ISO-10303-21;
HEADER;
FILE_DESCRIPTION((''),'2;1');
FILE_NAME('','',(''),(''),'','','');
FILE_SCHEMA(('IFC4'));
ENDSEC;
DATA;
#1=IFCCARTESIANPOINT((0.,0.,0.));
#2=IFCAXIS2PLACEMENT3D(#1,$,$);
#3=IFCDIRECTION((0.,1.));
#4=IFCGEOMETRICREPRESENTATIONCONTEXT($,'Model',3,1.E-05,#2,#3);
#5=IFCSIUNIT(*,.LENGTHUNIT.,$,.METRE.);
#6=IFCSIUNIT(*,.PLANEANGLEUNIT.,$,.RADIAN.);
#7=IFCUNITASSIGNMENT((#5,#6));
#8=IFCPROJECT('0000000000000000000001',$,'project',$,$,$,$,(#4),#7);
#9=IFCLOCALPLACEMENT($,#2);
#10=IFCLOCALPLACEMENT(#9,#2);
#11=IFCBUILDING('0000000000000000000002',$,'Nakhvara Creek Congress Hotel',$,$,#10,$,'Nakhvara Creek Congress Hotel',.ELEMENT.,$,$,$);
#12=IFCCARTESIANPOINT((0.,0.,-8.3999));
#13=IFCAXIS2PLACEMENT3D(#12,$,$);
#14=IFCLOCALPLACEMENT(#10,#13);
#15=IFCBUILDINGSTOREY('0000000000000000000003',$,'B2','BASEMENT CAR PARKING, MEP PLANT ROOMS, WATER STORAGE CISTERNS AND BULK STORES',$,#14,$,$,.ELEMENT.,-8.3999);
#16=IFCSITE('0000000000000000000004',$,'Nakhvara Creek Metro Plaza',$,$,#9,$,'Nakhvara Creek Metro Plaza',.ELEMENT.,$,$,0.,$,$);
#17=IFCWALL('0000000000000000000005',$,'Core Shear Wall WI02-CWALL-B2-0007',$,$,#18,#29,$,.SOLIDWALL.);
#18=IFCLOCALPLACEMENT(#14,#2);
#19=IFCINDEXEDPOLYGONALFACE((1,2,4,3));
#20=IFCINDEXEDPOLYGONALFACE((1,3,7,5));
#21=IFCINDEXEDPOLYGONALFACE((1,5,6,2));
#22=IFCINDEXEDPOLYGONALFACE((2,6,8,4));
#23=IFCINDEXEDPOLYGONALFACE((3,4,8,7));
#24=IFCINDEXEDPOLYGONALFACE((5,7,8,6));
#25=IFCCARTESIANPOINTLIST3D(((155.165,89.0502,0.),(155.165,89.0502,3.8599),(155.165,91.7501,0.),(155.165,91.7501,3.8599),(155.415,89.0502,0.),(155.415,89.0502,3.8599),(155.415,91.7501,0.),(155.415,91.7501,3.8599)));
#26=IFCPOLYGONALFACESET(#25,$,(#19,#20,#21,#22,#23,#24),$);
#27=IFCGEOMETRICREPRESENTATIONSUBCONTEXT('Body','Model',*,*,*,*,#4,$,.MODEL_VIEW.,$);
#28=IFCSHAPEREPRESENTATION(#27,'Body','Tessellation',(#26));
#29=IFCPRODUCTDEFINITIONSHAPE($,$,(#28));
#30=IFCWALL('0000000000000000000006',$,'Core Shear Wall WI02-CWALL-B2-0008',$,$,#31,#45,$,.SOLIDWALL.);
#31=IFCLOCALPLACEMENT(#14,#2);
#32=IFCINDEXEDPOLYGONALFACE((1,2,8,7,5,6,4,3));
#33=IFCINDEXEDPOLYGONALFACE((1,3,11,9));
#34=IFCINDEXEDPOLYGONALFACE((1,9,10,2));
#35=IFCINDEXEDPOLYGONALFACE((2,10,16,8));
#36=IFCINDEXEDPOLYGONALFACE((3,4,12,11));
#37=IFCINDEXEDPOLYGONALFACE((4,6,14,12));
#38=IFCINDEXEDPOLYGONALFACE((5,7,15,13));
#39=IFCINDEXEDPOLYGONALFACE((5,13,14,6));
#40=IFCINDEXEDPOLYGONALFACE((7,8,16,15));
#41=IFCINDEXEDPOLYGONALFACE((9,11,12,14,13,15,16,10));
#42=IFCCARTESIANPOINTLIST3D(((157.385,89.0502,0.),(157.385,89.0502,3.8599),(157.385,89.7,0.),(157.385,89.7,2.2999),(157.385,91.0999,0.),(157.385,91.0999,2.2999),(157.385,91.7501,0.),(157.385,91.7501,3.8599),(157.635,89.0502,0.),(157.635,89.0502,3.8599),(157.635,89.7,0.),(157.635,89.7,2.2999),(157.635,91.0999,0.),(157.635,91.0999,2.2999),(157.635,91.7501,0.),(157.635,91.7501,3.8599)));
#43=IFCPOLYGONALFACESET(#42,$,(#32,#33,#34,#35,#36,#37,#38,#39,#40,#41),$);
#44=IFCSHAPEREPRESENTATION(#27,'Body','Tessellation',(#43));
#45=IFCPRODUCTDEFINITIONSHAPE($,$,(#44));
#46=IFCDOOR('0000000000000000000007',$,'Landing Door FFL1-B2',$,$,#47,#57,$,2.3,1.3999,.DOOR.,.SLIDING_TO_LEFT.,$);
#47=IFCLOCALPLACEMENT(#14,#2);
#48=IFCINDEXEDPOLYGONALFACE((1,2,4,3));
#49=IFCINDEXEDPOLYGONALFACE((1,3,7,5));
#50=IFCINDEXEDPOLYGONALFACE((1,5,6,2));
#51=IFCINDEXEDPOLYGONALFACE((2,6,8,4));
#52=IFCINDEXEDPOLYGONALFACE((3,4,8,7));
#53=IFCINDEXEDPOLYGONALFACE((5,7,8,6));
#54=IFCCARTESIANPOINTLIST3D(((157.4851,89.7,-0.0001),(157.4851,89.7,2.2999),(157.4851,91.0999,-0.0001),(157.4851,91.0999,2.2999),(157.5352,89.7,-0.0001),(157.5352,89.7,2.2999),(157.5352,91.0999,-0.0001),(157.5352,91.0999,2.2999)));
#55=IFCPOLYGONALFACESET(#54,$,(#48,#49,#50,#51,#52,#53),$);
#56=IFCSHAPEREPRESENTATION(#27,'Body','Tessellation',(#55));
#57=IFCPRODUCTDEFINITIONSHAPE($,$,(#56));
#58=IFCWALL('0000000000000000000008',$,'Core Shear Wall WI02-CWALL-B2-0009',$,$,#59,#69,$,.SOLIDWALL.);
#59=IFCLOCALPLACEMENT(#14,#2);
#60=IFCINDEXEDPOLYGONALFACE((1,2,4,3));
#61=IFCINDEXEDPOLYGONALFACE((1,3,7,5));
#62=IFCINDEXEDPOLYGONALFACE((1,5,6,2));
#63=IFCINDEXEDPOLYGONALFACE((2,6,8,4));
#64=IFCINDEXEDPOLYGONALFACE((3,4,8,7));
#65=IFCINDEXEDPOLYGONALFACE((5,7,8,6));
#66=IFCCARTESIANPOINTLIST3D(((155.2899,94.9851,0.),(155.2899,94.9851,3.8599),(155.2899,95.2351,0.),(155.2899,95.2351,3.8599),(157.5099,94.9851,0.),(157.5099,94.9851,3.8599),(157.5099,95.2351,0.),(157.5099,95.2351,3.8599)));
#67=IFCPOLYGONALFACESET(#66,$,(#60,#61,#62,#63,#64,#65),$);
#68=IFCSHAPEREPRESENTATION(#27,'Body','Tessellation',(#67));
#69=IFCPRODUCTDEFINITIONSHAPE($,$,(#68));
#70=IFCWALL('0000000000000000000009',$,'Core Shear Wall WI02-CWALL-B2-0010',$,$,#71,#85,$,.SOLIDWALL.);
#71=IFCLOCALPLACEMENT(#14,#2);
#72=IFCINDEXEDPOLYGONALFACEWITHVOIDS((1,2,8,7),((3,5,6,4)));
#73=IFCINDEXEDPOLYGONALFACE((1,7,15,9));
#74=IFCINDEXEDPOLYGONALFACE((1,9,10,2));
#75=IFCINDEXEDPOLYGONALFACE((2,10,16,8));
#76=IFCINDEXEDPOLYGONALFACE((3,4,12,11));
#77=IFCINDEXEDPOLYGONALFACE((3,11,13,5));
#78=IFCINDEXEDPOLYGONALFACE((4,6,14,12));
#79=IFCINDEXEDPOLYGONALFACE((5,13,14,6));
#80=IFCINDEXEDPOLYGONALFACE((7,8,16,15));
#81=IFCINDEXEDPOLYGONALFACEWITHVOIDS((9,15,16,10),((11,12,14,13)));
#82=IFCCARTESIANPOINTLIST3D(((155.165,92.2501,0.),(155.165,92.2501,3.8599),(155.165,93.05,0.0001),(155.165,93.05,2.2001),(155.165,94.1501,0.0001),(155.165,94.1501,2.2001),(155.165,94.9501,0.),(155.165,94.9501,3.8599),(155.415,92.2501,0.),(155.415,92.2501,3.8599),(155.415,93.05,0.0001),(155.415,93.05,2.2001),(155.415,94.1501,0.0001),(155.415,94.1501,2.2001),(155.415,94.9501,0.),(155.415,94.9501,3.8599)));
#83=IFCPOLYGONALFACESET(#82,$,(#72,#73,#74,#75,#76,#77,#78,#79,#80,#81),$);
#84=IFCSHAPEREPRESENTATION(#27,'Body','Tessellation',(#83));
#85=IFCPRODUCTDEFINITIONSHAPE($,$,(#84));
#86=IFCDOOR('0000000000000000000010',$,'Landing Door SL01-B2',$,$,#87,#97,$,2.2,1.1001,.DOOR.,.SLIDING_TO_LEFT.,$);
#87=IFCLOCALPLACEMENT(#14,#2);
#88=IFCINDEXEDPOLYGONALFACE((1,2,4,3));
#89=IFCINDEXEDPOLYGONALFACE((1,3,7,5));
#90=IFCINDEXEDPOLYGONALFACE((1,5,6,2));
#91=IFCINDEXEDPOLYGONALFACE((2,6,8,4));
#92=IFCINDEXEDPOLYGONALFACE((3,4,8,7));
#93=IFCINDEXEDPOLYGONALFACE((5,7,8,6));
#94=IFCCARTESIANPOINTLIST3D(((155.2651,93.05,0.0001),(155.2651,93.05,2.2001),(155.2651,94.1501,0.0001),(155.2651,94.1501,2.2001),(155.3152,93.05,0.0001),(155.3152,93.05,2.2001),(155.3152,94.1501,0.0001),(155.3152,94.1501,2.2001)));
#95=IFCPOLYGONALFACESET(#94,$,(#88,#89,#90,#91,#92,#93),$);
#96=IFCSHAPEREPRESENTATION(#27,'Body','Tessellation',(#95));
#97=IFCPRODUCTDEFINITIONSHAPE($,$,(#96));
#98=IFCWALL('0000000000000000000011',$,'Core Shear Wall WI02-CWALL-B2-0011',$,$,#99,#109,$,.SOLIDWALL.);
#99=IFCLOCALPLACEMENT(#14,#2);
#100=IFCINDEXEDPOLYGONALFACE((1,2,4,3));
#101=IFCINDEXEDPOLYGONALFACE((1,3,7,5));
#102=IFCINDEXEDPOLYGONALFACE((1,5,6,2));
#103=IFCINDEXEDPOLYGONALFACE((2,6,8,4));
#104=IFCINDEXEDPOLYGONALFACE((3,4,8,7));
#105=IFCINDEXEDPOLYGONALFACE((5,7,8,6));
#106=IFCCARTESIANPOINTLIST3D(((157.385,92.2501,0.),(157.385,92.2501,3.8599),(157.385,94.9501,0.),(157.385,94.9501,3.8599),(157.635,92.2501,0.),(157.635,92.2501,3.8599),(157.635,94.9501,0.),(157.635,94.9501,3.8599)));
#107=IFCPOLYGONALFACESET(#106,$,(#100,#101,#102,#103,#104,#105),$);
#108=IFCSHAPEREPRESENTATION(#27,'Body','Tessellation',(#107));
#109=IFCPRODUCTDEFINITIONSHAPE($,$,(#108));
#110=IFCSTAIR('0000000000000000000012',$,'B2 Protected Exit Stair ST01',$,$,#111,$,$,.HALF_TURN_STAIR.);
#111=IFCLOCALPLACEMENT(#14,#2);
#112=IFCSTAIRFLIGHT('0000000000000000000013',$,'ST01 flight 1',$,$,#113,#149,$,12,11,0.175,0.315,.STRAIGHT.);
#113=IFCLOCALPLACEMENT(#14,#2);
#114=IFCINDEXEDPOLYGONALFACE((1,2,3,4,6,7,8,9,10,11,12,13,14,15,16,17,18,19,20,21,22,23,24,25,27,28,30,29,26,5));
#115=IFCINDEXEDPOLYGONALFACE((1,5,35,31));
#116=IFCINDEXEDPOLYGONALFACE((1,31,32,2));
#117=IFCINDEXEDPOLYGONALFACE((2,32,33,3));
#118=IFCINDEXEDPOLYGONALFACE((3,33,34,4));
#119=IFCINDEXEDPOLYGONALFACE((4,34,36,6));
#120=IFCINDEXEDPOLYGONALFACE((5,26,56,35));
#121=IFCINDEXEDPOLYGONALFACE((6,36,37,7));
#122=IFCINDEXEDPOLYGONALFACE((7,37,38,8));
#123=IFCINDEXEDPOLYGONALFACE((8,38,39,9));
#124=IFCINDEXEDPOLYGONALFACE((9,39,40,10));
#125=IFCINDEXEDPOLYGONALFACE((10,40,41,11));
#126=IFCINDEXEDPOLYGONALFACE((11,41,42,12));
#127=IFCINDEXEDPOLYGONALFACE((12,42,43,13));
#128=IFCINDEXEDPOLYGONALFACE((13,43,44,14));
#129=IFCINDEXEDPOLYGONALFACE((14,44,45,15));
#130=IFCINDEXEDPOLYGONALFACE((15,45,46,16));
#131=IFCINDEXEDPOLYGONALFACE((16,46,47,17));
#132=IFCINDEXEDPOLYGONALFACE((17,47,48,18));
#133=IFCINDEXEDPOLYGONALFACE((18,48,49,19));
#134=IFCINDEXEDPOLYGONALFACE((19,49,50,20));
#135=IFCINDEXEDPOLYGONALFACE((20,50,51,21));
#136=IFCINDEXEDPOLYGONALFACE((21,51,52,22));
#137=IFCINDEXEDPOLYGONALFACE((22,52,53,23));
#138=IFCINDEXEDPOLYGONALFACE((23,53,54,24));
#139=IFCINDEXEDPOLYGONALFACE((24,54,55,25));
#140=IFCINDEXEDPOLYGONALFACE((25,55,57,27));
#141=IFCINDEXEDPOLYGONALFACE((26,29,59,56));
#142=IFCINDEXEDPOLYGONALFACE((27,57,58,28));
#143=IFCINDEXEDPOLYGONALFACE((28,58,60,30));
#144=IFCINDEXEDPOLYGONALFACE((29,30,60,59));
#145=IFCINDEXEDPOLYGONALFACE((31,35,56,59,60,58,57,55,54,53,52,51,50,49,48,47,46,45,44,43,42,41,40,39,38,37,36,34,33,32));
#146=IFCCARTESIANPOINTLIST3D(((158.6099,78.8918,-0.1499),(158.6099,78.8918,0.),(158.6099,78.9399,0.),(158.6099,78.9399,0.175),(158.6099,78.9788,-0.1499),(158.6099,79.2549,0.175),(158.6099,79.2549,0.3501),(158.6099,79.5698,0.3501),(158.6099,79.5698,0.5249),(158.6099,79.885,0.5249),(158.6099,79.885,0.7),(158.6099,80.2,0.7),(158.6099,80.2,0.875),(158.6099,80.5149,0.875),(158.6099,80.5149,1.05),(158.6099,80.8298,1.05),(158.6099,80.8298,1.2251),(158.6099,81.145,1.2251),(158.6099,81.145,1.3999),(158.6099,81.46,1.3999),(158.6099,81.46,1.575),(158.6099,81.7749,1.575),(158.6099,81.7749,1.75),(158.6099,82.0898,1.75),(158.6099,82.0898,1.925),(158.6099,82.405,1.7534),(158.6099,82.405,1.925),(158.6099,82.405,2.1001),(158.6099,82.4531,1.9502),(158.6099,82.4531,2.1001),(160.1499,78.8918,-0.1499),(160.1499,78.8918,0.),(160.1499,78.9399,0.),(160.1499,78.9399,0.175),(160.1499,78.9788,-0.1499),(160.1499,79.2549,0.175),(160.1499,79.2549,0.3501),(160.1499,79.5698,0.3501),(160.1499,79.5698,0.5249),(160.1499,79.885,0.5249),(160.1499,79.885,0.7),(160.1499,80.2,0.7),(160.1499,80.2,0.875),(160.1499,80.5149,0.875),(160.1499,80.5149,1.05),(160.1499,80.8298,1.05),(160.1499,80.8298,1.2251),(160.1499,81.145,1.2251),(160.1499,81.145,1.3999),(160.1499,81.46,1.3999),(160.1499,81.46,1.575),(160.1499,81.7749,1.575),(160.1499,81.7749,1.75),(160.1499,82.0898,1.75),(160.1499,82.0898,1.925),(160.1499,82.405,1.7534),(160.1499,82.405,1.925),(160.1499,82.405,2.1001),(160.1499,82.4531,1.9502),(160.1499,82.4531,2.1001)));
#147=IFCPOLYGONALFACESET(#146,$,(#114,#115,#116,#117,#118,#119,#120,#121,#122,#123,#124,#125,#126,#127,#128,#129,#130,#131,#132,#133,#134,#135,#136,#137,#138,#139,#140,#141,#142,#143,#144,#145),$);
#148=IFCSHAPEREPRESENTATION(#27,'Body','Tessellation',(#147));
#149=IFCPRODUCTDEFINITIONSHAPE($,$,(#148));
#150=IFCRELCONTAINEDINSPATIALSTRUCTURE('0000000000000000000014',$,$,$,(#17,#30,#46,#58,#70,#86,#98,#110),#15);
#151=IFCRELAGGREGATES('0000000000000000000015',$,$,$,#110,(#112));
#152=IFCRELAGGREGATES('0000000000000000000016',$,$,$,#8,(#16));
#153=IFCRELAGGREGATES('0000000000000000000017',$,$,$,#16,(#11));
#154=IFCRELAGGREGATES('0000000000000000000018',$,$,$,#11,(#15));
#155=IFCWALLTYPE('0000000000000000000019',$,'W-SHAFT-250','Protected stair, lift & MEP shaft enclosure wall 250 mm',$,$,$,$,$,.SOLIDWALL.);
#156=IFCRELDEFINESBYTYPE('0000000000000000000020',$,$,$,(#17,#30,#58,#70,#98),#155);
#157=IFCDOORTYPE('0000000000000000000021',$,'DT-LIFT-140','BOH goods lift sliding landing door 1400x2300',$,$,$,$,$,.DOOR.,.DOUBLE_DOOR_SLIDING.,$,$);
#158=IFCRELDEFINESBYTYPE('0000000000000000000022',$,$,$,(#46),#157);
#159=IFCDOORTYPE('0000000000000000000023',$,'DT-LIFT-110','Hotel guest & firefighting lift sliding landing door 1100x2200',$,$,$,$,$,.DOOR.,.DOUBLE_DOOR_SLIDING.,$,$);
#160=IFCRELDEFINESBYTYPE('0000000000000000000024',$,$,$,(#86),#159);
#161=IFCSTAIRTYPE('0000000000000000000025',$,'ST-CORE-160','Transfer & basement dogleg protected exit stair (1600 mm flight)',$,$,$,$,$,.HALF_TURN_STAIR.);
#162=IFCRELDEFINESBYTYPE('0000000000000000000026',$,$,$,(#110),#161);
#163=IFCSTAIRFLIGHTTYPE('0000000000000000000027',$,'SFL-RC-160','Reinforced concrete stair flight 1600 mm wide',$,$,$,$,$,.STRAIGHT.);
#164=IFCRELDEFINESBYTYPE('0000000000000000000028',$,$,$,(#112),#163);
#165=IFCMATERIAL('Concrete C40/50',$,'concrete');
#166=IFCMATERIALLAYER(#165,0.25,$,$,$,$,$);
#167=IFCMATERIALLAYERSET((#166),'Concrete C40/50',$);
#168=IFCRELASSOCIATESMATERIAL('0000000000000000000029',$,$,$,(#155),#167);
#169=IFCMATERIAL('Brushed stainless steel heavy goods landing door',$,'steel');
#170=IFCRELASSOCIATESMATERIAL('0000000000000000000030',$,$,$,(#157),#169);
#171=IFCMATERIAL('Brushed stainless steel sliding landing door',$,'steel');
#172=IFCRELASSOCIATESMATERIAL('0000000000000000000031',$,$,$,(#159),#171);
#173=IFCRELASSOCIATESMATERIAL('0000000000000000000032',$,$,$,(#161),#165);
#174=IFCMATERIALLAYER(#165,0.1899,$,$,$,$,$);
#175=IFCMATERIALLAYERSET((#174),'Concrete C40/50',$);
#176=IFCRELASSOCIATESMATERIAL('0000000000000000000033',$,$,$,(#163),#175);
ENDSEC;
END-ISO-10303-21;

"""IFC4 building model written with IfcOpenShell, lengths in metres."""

from ifc_helpers import new_model, si_unit, direction, frame, frame_2d, origin, place, context, subcontext, project, spatial, polyline, rectangle, outline, extrude, material, layer, layer_set, type_object, element, fill, aggregate, save


model = new_model("IFC4")

# Units and contexts
model_context = context("Model", 3, precision=1e-05, world=origin(), true_north=direction((0.0, 1.0)))
body_context = subcontext(model_context, "Body", "Model", "MODEL_VIEW")
ifc_project = project(units=[si_unit("LENGTHUNIT", "METRE"), si_unit("PLANEANGLEUNIT", "RADIAN")], contexts=[model_context])

# Site, building, storey
site_placement = place(None, origin())
site = spatial("IfcSite", under=ifc_project, at=site_placement, Name="Nakhvara Creek Metro Plaza", LongName="Nakhvara Creek Metro Plaza", CompositionType="ELEMENT", RefElevation=0.0)
building_placement = place(site_placement, origin())
building = spatial("IfcBuilding", under=site, at=building_placement, Name="Nakhvara Creek Congress Hotel", LongName="Nakhvara Creek Congress Hotel", CompositionType="ELEMENT")
storey_placement = place(building_placement, frame((0.0, 0.0, -8.3999)))
storey = spatial("IfcBuildingStorey", under=building, at=storey_placement, Name="B2", Description="BASEMENT CAR PARKING, MEP PLANT ROOMS, WATER STORAGE CISTERNS AND BULK STORES", CompositionType="ELEMENT", Elevation=-8.3999)

# Shared definitions
ifc_material_1 = material(Name="Concrete C40/50", Category="concrete")

# Wall
ifc_layer_1 = layer(ifc_material_1, 0.25)
ifc_layer_set_1 = layer_set([ifc_layer_1], Name="Concrete C40/50")
wall_type_1 = type_object("IfcWallType", Name="W-SHAFT-250", Description="Protected stair, lift & MEP shaft enclosure wall 250 mm", PredefinedType="SOLIDWALL", material=ifc_layer_set_1)
wall_1_placement = place(storey_placement, frame((155.29, 89.05, 0.0), z_axis=(0.0, 0.0, 1.0), x_axis=(0.0, 1.0, 0.0)))
element("IfcWall", 1, at=wall_1_placement, inside=storey, type_object=wall_type_1, Name="Core Shear Wall WI02-CWALL-B2-0007", PredefinedType="SOLIDWALL", context=body_context, shape_type="SweptSolid", body=[
    extrude(rectangle(XDim=2.7, YDim=0.25, at=frame_2d((1.3501, 0.0))), origin(), (0.0, 0.0, 1.0), 3.8599),
])

# Wall, opening, door
wall_2_placement = place(storey_placement, frame((157.51, 89.05, 0.0), z_axis=(0.0, 0.0, 1.0), x_axis=(0.0, 1.0, 0.0)))
wall_2 = element("IfcWall", 2, at=wall_2_placement, inside=storey, type_object=wall_type_1, Name="Core Shear Wall WI02-CWALL-B2-0008", PredefinedType="SOLIDWALL", context=body_context, shape_type="SweptSolid", body=[
    extrude(rectangle(XDim=2.7, YDim=0.25, at=frame_2d((1.3501, 0.0))), origin(), (0.0, 0.0, 1.0), 3.8599),
])
opening_1_placement = place(wall_2_placement, frame((0.6499, 0.0, 0.0)))
opening_1 = element("IfcOpeningElement", 3, at=opening_1_placement, cuts=wall_2, PredefinedType="OPENING", context=body_context, shape_type="SweptSolid", body=[
    extrude(rectangle(XDim=1.3999, YDim=2.3, at=frame_2d((0.7, 1.1499))), frame((0.0, 0.137, 0.0), z_axis=(0.0, -1.0, 0.0), x_axis=(1.0, 0.0, 0.0)), (0.0, 0.0, 1.0), 0.2739),
])
ifc_material_2 = material(Name="Brushed stainless steel heavy goods landing door", Category="steel")
door_type_1 = type_object("IfcDoorType", Name="DT-LIFT-140", Description="BOH goods lift sliding landing door 1400x2300", OperationType="DOUBLE_DOOR_SLIDING", PredefinedType="DOOR", material=ifc_material_2)
door_1_placement = place(opening_1_placement, origin())
door_1 = element("IfcDoor", 4, at=door_1_placement, inside=storey, type_object=door_type_1, Name="Landing Door FFL1-B2", OperationType="SLIDING_TO_LEFT", OverallHeight=2.3, OverallWidth=1.3999, PredefinedType="DOOR", context=body_context, shape_type="SweptSolid", body=[
    extrude(rectangle(XDim=1.3999, YDim=2.3, at=frame_2d((0.7, 1.1499))), frame((0.0, 0.0249, 0.0), z_axis=(0.0, -1.0, 0.0), x_axis=(1.0, 0.0, 0.0)), (0.0, 0.0, 1.0), 0.05),
])
fill(opening_1, door_1)

# Wall
wall_3_placement = place(storey_placement, frame((155.29, 95.1101, 0.0), z_axis=(0.0, 0.0, 1.0), x_axis=(1.0, 0.0, 0.0)))
element("IfcWall", 5, at=wall_3_placement, inside=storey, type_object=wall_type_1, Name="Core Shear Wall WI02-CWALL-B2-0009", PredefinedType="SOLIDWALL", context=body_context, shape_type="SweptSolid", body=[
    extrude(rectangle(XDim=2.22, YDim=0.25, at=frame_2d((1.1099, 0.0))), origin(), (0.0, 0.0, 1.0), 3.8599),
])

# Wall, opening, door
wall_4_placement = place(storey_placement, frame((155.29, 92.25, 0.0), z_axis=(0.0, 0.0, 1.0), x_axis=(0.0, 1.0, 0.0)))
wall_4 = element("IfcWall", 6, at=wall_4_placement, inside=storey, type_object=wall_type_1, Name="Core Shear Wall WI02-CWALL-B2-0010", PredefinedType="SOLIDWALL", context=body_context, shape_type="SweptSolid", body=[
    extrude(rectangle(XDim=2.7, YDim=0.25, at=frame_2d((1.3501, 0.0))), origin(), (0.0, 0.0, 1.0), 3.8599),
])
opening_2_placement = place(wall_4_placement, frame((0.8, 0.0, 0.0)))
opening_2 = element("IfcOpeningElement", 7, at=opening_2_placement, cuts=wall_4, PredefinedType="OPENING", context=body_context, shape_type="SweptSolid", body=[
    extrude(rectangle(XDim=1.1001, YDim=2.2, at=frame_2d((0.55, 1.1001))), frame((0.0, 0.137, 0.0), z_axis=(0.0, -1.0, 0.0), x_axis=(1.0, 0.0, 0.0)), (0.0, 0.0, 1.0), 0.2739),
])
ifc_material_3 = material(Name="Brushed stainless steel sliding landing door", Category="steel")
door_type_2 = type_object("IfcDoorType", Name="DT-LIFT-110", Description="Hotel guest & firefighting lift sliding landing door 1100x2200", OperationType="DOUBLE_DOOR_SLIDING", PredefinedType="DOOR", material=ifc_material_3)
door_2_placement = place(opening_2_placement, origin())
door_2 = element("IfcDoor", 8, at=door_2_placement, inside=storey, type_object=door_type_2, Name="Landing Door SL01-B2", OperationType="SLIDING_TO_LEFT", OverallHeight=2.2, OverallWidth=1.1001, PredefinedType="DOOR", context=body_context, shape_type="SweptSolid", body=[
    extrude(rectangle(XDim=1.1001, YDim=2.2, at=frame_2d((0.55, 1.1001))), frame((0.0, 0.0249, 0.0), z_axis=(0.0, -1.0, 0.0), x_axis=(1.0, 0.0, 0.0)), (0.0, 0.0, 1.0), 0.05),
])
fill(opening_2, door_2)

# Wall
wall_5_placement = place(storey_placement, frame((157.51, 92.25, 0.0), z_axis=(0.0, 0.0, 1.0), x_axis=(0.0, 1.0, 0.0)))
element("IfcWall", 9, at=wall_5_placement, inside=storey, type_object=wall_type_1, Name="Core Shear Wall WI02-CWALL-B2-0011", PredefinedType="SOLIDWALL", context=body_context, shape_type="SweptSolid", body=[
    extrude(rectangle(XDim=2.7, YDim=0.25, at=frame_2d((1.3501, 0.0))), origin(), (0.0, 0.0, 1.0), 3.8599),
])

# Stair, stair flight
stair_type = type_object("IfcStairType", Name="ST-CORE-160", Description="Transfer & basement dogleg protected exit stair (1600 mm flight)", PredefinedType="HALF_TURN_STAIR", material=ifc_material_1)
stair_placement = place(storey_placement, origin())
stair = element("IfcStair", 10, at=stair_placement, inside=storey, type_object=stair_type, Name="B2 Protected Exit Stair ST01", PredefinedType="HALF_TURN_STAIR")
ifc_layer_2 = layer(ifc_material_1, 0.1899)
ifc_layer_set_2 = layer_set([ifc_layer_2], Name="Concrete C40/50")
stair_flight_type = type_object("IfcStairFlightType", Name="SFL-RC-160", Description="Reinforced concrete stair flight 1600 mm wide", PredefinedType="STRAIGHT", material=ifc_layer_set_2)
stair_flight_1_placement = place(storey_placement, frame((159.3799, 78.9399, 0.0), z_axis=(0.0, 0.0, 1.0), x_axis=(0.0, 1.0, 0.0)))
stair_flight_1 = element("IfcStairFlight", 11, at=stair_flight_1_placement, type_object=stair_flight_type, Name="ST01 flight 1", NumberOfRisers=12, NumberOfTreads=11, PredefinedType="STRAIGHT", RiserHeight=0.175, TreadLength=0.315, context=body_context, shape_type="SweptSolid", body=[
    extrude(outline(polyline([(-0.0481, 0.0), (0.0, 0.0), (0.0, 0.175), (0.3149, 0.175), (0.3149, 0.3501), (0.6299, 0.3501), (0.6299, 0.5249), (0.9451, 0.5249), (0.9451, 0.7), (1.26, 0.7), (1.26, 0.875), (1.575, 0.875), (1.575, 1.05), (1.8899, 1.05), (1.8899, 1.2251), (2.2051, 1.2251), (2.2051, 1.3999), (2.52, 1.3999), (2.52, 1.575), (2.835, 1.575), (2.835, 1.75), (3.1499, 1.75), (3.1499, 1.925), (3.4651, 1.925), (3.4651, 2.1001), (3.5132, 2.1001), (3.5132, 1.9502), (3.4651, 1.7534), (0.0388, -0.1499), (-0.0481, -0.1499), (-0.0481, 0.0)])), frame((0.0, 0.77, 0.0), z_axis=(0.0, -1.0, 0.0), x_axis=(1.0, 0.0, 0.0)), (0.0, 0.0, 1.0), 1.54),
])
aggregate(stair, [stair_flight_1])

save(model, "model.ifc")
